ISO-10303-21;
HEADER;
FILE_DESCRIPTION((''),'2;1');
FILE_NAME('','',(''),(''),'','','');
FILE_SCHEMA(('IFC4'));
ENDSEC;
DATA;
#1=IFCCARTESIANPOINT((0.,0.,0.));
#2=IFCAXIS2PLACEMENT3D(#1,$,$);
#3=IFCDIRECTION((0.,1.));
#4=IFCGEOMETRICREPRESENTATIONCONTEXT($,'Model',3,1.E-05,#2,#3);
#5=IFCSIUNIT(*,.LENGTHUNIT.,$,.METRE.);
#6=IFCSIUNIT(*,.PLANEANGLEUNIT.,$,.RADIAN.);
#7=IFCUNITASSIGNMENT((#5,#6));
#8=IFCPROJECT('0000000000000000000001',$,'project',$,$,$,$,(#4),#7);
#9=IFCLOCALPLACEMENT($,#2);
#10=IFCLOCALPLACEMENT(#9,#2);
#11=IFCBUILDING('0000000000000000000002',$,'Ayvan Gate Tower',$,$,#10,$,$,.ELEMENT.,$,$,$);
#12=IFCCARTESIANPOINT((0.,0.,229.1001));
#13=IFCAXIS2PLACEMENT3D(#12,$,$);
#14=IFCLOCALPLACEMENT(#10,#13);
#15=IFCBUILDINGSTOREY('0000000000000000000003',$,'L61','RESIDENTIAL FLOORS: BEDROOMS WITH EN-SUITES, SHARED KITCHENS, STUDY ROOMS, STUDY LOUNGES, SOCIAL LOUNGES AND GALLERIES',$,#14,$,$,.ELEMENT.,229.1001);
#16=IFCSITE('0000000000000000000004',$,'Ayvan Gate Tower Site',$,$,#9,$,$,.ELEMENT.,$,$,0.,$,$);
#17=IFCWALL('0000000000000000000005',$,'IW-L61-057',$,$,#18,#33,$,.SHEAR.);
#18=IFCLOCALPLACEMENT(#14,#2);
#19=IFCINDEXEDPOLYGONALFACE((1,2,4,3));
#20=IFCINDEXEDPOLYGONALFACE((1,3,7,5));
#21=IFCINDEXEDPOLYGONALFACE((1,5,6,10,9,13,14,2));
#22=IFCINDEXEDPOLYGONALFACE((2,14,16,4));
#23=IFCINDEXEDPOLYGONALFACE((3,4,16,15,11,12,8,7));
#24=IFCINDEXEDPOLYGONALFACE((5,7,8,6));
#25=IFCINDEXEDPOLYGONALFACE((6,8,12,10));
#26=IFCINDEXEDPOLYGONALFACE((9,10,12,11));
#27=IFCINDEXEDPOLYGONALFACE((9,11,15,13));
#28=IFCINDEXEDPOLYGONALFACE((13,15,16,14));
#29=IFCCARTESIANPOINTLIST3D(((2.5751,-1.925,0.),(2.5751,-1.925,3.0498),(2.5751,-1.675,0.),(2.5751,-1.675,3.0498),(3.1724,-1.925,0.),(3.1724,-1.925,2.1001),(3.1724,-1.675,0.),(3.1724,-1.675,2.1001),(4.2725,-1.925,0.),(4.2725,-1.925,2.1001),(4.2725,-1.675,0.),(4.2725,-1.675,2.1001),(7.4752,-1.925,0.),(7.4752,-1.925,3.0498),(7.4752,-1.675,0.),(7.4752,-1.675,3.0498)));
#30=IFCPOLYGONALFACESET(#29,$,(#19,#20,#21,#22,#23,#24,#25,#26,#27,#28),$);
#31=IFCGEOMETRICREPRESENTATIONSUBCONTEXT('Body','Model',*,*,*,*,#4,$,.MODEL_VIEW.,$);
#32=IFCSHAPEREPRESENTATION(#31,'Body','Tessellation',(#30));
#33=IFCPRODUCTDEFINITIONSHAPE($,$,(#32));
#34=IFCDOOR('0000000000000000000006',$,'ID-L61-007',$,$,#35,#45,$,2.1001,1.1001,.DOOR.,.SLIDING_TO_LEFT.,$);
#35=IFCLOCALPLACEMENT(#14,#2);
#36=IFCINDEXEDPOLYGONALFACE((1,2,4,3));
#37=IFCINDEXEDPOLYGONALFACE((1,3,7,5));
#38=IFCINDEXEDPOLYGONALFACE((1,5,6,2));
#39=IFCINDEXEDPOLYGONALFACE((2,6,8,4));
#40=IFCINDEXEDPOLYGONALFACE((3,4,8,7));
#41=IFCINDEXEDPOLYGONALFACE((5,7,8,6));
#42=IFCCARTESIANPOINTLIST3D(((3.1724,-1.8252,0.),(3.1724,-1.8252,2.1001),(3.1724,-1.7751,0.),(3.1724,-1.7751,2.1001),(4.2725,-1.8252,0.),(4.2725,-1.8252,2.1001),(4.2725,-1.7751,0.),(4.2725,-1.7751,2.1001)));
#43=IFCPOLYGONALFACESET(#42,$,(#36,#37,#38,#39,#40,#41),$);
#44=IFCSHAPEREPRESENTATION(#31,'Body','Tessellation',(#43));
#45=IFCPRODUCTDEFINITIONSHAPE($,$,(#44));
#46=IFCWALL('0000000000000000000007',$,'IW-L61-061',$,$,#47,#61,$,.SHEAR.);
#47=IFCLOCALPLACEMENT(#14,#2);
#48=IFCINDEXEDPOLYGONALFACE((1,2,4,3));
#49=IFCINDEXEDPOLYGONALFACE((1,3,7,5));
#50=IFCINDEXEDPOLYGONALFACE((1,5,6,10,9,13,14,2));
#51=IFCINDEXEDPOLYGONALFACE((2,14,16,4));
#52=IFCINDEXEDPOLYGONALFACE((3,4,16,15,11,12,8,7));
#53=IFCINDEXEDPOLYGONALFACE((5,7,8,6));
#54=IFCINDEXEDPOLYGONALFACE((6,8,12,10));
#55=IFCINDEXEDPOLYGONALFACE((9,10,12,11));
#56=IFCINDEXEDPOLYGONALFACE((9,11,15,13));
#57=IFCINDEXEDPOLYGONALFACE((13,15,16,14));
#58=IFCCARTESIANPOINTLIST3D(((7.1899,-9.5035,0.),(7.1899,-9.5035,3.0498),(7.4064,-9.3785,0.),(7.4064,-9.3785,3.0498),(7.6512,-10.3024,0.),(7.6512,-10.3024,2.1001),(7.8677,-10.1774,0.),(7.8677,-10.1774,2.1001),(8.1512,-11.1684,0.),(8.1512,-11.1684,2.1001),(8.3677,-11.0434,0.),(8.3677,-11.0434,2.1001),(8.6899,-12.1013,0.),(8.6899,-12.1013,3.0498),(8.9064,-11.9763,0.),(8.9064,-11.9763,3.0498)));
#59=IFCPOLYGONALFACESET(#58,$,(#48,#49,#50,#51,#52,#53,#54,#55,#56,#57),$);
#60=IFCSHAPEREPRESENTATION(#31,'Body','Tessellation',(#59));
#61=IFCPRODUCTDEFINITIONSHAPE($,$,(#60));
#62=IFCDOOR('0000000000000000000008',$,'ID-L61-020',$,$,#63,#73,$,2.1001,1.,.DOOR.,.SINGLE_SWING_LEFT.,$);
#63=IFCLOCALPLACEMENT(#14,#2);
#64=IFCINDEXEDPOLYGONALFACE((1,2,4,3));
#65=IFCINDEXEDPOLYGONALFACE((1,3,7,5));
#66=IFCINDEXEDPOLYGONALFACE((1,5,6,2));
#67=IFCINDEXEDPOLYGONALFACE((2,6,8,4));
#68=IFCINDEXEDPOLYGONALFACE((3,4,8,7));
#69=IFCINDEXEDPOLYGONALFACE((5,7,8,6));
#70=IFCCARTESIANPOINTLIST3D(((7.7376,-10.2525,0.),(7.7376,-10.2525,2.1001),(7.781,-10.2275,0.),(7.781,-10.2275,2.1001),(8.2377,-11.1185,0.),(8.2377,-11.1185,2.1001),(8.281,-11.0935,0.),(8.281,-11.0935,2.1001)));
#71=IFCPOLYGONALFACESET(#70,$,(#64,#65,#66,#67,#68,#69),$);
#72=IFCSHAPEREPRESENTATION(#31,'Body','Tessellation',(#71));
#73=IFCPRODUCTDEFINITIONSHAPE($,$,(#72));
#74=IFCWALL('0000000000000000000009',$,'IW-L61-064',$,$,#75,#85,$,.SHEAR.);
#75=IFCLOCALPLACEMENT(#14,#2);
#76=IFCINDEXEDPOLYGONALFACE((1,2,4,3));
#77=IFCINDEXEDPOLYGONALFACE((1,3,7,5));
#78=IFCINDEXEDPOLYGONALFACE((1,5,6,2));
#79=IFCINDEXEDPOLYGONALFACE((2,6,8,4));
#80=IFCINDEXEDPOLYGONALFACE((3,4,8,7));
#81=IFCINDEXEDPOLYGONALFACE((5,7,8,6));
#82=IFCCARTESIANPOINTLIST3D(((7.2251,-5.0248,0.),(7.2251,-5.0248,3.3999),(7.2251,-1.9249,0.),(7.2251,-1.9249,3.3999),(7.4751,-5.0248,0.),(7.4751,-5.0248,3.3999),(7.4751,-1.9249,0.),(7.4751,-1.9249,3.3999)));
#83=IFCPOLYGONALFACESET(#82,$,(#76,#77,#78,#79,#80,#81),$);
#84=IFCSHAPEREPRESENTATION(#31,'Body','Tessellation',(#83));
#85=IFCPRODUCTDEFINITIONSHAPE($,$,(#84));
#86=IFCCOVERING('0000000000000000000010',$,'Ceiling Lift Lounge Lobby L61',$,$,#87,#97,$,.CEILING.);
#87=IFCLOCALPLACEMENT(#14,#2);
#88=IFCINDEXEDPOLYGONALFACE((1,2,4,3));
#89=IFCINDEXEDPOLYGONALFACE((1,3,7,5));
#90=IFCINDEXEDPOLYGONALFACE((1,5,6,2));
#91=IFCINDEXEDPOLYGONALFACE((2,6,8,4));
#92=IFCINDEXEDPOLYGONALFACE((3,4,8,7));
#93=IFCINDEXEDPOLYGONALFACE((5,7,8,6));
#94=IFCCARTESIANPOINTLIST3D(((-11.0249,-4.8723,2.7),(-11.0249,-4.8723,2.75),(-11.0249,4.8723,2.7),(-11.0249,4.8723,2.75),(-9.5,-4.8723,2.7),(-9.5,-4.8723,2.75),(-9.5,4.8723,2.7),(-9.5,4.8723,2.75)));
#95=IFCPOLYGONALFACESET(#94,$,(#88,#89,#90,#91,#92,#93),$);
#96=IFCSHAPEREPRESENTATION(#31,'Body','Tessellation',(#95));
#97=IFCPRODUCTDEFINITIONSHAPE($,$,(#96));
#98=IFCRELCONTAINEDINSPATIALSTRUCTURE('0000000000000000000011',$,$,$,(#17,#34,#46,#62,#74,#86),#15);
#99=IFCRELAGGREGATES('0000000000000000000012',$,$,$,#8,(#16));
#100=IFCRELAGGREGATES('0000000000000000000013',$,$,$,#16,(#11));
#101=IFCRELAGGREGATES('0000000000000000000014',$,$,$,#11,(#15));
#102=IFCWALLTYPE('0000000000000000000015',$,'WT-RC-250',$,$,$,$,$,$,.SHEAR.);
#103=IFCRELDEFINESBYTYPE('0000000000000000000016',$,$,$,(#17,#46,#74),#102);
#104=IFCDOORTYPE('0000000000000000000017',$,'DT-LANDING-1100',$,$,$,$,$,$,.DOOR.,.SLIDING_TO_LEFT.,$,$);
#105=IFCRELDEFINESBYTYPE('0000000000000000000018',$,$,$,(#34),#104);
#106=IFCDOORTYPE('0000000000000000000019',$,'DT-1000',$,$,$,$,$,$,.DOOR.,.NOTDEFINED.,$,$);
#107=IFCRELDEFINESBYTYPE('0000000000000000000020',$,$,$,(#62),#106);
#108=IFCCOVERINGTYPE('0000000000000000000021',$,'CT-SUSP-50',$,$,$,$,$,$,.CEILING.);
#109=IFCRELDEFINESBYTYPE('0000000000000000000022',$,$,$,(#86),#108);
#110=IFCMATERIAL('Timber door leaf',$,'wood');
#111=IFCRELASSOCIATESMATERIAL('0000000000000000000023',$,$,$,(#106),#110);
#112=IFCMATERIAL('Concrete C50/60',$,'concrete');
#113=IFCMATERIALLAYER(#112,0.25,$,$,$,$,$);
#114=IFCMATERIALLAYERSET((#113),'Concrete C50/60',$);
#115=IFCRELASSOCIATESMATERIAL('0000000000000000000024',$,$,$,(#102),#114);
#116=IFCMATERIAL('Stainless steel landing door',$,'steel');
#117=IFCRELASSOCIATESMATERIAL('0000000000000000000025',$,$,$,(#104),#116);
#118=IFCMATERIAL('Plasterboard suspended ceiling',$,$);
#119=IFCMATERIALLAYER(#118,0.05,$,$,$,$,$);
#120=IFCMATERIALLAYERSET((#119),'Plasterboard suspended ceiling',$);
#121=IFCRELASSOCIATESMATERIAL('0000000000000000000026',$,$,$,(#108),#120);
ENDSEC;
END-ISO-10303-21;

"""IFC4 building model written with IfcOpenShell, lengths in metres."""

from ifc_helpers import new_model, si_unit, direction, frame, frame_2d, origin, place, context, subcontext, project, spatial, polyline, rectangle, outline, extrude, material, layer, layer_set, type_object, element, fill, save


model = new_model("IFC4")

# Units and contexts
model_context = context("Model", 3, precision=1e-05, world=origin(), true_north=direction((0.0, 1.0)))
body_context = subcontext(model_context, "Body", "Model", "MODEL_VIEW")
ifc_project = project(units=[si_unit("LENGTHUNIT", "METRE"), si_unit("PLANEANGLEUNIT", "RADIAN")], contexts=[model_context])

# Site, building, storey
site_placement = place(None, origin())
site = spatial("IfcSite", under=ifc_project, at=site_placement, Name="Ayvan Gate Tower Site", CompositionType="ELEMENT", RefElevation=0.0)
building_placement = place(site_placement, origin())
building = spatial("IfcBuilding", under=site, at=building_placement, Name="Ayvan Gate Tower", CompositionType="ELEMENT")
storey_placement = place(building_placement, frame((0.0, 0.0, 229.1001)))
storey = spatial("IfcBuildingStorey", under=building, at=storey_placement, Name="L61", Description="RESIDENTIAL FLOORS: BEDROOMS WITH EN-SUITES, SHARED KITCHENS, STUDY ROOMS, STUDY LOUNGES, SOCIAL LOUNGES AND GALLERIES", CompositionType="ELEMENT", Elevation=229.1001)

# Shared definitions
ifc_material_1 = material(Name="Concrete C50/60", Category="concrete")

# Shared definitions
ifc_material_2 = material(Name="Timber door leaf", Category="wood")

# Shared definitions
door_type_1 = type_object("IfcDoorType", Name="DT-1000", OperationType="NOTDEFINED", PredefinedType="DOOR", material=ifc_material_2)

# Shared definitions
ifc_layer_1 = layer(ifc_material_1, 0.25)
ifc_layer_set_1 = layer_set([ifc_layer_1], Name="Concrete C50/60")
wall_type_1 = type_object("IfcWallType", Name="WT-RC-250", PredefinedType="SHEAR", material=ifc_layer_set_1)

# Walls, openings, doors
wall_1_placement = place(storey_placement, frame((2.575, -1.8, 0.0), z_axis=(0.0, 0.0, 1.0), x_axis=(1.0, 0.0, 0.0)))
wall_1 = element("IfcWall", 1, at=wall_1_placement, inside=storey, type_object=wall_type_1, Name="IW-L61-057", PredefinedType="SHEAR", context=body_context, shape_type="SweptSolid", body=[
    extrude(rectangle(XDim=4.9001, YDim=0.25, at=frame_2d((2.4502, 0.0))), origin(), (0.0, 0.0, 1.0), 3.0498),
])
opening_1_placement = place(wall_1_placement, frame((0.5974, 0.0, 0.0)))
opening_1 = element("IfcOpeningElement", 2, at=opening_1_placement, cuts=wall_1, PredefinedType="OPENING", context=body_context, shape_type="SweptSolid", body=[
    extrude(rectangle(XDim=1.1001, YDim=2.1001, at=frame_2d((0.55, 1.05))), frame((0.0, 0.135, 0.0), z_axis=(0.0, -1.0, 0.0), x_axis=(1.0, 0.0, 0.0)), (0.0, 0.0, 1.0), 0.27),
])
ifc_material_3 = material(Name="Stainless steel landing door", Category="steel")
door_type_2 = type_object("IfcDoorType", Name="DT-LANDING-1100", OperationType="SLIDING_TO_LEFT", PredefinedType="DOOR", material=ifc_material_3)
door_1_placement = place(opening_1_placement, origin())
door_1 = element("IfcDoor", 3, at=door_1_placement, inside=storey, type_object=door_type_2, Name="ID-L61-007", OperationType="SLIDING_TO_LEFT", OverallHeight=2.1001, OverallWidth=1.1001, PredefinedType="DOOR", context=body_context, shape_type="SweptSolid", body=[
    extrude(rectangle(XDim=1.1001, YDim=2.1001, at=frame_2d((0.55, 1.05))), frame((0.0, 0.0249, 0.0), z_axis=(0.0, -1.0, 0.0), x_axis=(1.0, 0.0, 0.0)), (0.0, 0.0, 1.0), 0.05),
])
fill(opening_1, door_1)
wall_2_placement = place(storey_placement, frame((7.2981, -9.4409, 0.0), z_axis=(0.0, 0.0, 1.0), x_axis=(0.500025, -0.866011, 0.0)))
wall_2 = element("IfcWall", 4, at=wall_2_placement, inside=storey, type_object=wall_type_1, Name="IW-L61-061", PredefinedType="SHEAR", context=body_context, shape_type="SweptSolid", body=[
    extrude(rectangle(XDim=2.9998, YDim=0.25, at=frame_2d((1.5, 0.0))), origin(), (0.0, 0.0, 1.0), 3.0498),
])
opening_2_placement = place(wall_2_placement, frame((0.9226, 0.0, 0.0)))
opening_2 = element("IfcOpeningElement", 5, at=opening_2_placement, cuts=wall_2, PredefinedType="OPENING", context=body_context, shape_type="SweptSolid", body=[
    extrude(rectangle(XDim=1.0, YDim=2.1001, at=frame_2d((0.5, 1.05))), frame((0.0, 0.135, 0.0), z_axis=(0.0, -1.0, 0.0), x_axis=(1.0, 0.0, 0.0)), (0.0, 0.0, 1.0), 0.27),
])
door_2_placement = place(opening_2_placement, origin())
door_2 = element("IfcDoor", 6, at=door_2_placement, inside=storey, type_object=door_type_1, Name="ID-L61-020", OperationType="SINGLE_SWING_LEFT", OverallHeight=2.1001, OverallWidth=1.0, PredefinedType="DOOR", context=body_context, shape_type="SweptSolid", body=[
    extrude(rectangle(XDim=1.0, YDim=2.1001, at=frame_2d((0.5, 1.05))), frame((0.0, 0.0249, 0.0), z_axis=(0.0, -1.0, 0.0), x_axis=(1.0, 0.0, 0.0)), (0.0, 0.0, 1.0), 0.05),
])
fill(opening_2, door_2)

# Wall
wall_3_placement = place(storey_placement, frame((7.3501, -1.925, 0.0), z_axis=(0.0, 0.0, 1.0), x_axis=(0.0, -1.0, 0.0)))
element("IfcWall", 7, at=wall_3_placement, inside=storey, type_object=wall_type_1, Name="IW-L61-064", PredefinedType="SHEAR", context=body_context, shape_type="SweptSolid", body=[
    extrude(rectangle(XDim=3.0999, YDim=0.25, at=frame_2d((1.5498, 0.0))), origin(), (0.0, 0.0, 1.0), 3.3999),
])

# Covering
ifc_material_4 = material(Name="Plasterboard suspended ceiling")
ifc_layer_2 = layer(ifc_material_4, 0.05)
ifc_layer_set_2 = layer_set([ifc_layer_2], Name="Plasterboard suspended ceiling")
covering_type = type_object("IfcCoveringType", Name="CT-SUSP-50", PredefinedType="CEILING", material=ifc_layer_set_2)
covering_1_placement = place(storey_placement, frame((0.0, 0.0, 2.7)))
element("IfcCovering", 8, at=covering_1_placement, inside=storey, type_object=covering_type, Name="Ceiling Lift Lounge Lobby L61", PredefinedType="CEILING", context=body_context, shape_type="SweptSolid", body=[
    extrude(outline(polyline([(-11.0249, 4.8723), (-9.5, 4.8723), (-9.5, -4.8723), (-11.0249, -4.8723), (-11.0249, 4.8723)])), origin(), (0.0, 0.0, 1.0), 0.05),
])

save(model, "model.ifc")
